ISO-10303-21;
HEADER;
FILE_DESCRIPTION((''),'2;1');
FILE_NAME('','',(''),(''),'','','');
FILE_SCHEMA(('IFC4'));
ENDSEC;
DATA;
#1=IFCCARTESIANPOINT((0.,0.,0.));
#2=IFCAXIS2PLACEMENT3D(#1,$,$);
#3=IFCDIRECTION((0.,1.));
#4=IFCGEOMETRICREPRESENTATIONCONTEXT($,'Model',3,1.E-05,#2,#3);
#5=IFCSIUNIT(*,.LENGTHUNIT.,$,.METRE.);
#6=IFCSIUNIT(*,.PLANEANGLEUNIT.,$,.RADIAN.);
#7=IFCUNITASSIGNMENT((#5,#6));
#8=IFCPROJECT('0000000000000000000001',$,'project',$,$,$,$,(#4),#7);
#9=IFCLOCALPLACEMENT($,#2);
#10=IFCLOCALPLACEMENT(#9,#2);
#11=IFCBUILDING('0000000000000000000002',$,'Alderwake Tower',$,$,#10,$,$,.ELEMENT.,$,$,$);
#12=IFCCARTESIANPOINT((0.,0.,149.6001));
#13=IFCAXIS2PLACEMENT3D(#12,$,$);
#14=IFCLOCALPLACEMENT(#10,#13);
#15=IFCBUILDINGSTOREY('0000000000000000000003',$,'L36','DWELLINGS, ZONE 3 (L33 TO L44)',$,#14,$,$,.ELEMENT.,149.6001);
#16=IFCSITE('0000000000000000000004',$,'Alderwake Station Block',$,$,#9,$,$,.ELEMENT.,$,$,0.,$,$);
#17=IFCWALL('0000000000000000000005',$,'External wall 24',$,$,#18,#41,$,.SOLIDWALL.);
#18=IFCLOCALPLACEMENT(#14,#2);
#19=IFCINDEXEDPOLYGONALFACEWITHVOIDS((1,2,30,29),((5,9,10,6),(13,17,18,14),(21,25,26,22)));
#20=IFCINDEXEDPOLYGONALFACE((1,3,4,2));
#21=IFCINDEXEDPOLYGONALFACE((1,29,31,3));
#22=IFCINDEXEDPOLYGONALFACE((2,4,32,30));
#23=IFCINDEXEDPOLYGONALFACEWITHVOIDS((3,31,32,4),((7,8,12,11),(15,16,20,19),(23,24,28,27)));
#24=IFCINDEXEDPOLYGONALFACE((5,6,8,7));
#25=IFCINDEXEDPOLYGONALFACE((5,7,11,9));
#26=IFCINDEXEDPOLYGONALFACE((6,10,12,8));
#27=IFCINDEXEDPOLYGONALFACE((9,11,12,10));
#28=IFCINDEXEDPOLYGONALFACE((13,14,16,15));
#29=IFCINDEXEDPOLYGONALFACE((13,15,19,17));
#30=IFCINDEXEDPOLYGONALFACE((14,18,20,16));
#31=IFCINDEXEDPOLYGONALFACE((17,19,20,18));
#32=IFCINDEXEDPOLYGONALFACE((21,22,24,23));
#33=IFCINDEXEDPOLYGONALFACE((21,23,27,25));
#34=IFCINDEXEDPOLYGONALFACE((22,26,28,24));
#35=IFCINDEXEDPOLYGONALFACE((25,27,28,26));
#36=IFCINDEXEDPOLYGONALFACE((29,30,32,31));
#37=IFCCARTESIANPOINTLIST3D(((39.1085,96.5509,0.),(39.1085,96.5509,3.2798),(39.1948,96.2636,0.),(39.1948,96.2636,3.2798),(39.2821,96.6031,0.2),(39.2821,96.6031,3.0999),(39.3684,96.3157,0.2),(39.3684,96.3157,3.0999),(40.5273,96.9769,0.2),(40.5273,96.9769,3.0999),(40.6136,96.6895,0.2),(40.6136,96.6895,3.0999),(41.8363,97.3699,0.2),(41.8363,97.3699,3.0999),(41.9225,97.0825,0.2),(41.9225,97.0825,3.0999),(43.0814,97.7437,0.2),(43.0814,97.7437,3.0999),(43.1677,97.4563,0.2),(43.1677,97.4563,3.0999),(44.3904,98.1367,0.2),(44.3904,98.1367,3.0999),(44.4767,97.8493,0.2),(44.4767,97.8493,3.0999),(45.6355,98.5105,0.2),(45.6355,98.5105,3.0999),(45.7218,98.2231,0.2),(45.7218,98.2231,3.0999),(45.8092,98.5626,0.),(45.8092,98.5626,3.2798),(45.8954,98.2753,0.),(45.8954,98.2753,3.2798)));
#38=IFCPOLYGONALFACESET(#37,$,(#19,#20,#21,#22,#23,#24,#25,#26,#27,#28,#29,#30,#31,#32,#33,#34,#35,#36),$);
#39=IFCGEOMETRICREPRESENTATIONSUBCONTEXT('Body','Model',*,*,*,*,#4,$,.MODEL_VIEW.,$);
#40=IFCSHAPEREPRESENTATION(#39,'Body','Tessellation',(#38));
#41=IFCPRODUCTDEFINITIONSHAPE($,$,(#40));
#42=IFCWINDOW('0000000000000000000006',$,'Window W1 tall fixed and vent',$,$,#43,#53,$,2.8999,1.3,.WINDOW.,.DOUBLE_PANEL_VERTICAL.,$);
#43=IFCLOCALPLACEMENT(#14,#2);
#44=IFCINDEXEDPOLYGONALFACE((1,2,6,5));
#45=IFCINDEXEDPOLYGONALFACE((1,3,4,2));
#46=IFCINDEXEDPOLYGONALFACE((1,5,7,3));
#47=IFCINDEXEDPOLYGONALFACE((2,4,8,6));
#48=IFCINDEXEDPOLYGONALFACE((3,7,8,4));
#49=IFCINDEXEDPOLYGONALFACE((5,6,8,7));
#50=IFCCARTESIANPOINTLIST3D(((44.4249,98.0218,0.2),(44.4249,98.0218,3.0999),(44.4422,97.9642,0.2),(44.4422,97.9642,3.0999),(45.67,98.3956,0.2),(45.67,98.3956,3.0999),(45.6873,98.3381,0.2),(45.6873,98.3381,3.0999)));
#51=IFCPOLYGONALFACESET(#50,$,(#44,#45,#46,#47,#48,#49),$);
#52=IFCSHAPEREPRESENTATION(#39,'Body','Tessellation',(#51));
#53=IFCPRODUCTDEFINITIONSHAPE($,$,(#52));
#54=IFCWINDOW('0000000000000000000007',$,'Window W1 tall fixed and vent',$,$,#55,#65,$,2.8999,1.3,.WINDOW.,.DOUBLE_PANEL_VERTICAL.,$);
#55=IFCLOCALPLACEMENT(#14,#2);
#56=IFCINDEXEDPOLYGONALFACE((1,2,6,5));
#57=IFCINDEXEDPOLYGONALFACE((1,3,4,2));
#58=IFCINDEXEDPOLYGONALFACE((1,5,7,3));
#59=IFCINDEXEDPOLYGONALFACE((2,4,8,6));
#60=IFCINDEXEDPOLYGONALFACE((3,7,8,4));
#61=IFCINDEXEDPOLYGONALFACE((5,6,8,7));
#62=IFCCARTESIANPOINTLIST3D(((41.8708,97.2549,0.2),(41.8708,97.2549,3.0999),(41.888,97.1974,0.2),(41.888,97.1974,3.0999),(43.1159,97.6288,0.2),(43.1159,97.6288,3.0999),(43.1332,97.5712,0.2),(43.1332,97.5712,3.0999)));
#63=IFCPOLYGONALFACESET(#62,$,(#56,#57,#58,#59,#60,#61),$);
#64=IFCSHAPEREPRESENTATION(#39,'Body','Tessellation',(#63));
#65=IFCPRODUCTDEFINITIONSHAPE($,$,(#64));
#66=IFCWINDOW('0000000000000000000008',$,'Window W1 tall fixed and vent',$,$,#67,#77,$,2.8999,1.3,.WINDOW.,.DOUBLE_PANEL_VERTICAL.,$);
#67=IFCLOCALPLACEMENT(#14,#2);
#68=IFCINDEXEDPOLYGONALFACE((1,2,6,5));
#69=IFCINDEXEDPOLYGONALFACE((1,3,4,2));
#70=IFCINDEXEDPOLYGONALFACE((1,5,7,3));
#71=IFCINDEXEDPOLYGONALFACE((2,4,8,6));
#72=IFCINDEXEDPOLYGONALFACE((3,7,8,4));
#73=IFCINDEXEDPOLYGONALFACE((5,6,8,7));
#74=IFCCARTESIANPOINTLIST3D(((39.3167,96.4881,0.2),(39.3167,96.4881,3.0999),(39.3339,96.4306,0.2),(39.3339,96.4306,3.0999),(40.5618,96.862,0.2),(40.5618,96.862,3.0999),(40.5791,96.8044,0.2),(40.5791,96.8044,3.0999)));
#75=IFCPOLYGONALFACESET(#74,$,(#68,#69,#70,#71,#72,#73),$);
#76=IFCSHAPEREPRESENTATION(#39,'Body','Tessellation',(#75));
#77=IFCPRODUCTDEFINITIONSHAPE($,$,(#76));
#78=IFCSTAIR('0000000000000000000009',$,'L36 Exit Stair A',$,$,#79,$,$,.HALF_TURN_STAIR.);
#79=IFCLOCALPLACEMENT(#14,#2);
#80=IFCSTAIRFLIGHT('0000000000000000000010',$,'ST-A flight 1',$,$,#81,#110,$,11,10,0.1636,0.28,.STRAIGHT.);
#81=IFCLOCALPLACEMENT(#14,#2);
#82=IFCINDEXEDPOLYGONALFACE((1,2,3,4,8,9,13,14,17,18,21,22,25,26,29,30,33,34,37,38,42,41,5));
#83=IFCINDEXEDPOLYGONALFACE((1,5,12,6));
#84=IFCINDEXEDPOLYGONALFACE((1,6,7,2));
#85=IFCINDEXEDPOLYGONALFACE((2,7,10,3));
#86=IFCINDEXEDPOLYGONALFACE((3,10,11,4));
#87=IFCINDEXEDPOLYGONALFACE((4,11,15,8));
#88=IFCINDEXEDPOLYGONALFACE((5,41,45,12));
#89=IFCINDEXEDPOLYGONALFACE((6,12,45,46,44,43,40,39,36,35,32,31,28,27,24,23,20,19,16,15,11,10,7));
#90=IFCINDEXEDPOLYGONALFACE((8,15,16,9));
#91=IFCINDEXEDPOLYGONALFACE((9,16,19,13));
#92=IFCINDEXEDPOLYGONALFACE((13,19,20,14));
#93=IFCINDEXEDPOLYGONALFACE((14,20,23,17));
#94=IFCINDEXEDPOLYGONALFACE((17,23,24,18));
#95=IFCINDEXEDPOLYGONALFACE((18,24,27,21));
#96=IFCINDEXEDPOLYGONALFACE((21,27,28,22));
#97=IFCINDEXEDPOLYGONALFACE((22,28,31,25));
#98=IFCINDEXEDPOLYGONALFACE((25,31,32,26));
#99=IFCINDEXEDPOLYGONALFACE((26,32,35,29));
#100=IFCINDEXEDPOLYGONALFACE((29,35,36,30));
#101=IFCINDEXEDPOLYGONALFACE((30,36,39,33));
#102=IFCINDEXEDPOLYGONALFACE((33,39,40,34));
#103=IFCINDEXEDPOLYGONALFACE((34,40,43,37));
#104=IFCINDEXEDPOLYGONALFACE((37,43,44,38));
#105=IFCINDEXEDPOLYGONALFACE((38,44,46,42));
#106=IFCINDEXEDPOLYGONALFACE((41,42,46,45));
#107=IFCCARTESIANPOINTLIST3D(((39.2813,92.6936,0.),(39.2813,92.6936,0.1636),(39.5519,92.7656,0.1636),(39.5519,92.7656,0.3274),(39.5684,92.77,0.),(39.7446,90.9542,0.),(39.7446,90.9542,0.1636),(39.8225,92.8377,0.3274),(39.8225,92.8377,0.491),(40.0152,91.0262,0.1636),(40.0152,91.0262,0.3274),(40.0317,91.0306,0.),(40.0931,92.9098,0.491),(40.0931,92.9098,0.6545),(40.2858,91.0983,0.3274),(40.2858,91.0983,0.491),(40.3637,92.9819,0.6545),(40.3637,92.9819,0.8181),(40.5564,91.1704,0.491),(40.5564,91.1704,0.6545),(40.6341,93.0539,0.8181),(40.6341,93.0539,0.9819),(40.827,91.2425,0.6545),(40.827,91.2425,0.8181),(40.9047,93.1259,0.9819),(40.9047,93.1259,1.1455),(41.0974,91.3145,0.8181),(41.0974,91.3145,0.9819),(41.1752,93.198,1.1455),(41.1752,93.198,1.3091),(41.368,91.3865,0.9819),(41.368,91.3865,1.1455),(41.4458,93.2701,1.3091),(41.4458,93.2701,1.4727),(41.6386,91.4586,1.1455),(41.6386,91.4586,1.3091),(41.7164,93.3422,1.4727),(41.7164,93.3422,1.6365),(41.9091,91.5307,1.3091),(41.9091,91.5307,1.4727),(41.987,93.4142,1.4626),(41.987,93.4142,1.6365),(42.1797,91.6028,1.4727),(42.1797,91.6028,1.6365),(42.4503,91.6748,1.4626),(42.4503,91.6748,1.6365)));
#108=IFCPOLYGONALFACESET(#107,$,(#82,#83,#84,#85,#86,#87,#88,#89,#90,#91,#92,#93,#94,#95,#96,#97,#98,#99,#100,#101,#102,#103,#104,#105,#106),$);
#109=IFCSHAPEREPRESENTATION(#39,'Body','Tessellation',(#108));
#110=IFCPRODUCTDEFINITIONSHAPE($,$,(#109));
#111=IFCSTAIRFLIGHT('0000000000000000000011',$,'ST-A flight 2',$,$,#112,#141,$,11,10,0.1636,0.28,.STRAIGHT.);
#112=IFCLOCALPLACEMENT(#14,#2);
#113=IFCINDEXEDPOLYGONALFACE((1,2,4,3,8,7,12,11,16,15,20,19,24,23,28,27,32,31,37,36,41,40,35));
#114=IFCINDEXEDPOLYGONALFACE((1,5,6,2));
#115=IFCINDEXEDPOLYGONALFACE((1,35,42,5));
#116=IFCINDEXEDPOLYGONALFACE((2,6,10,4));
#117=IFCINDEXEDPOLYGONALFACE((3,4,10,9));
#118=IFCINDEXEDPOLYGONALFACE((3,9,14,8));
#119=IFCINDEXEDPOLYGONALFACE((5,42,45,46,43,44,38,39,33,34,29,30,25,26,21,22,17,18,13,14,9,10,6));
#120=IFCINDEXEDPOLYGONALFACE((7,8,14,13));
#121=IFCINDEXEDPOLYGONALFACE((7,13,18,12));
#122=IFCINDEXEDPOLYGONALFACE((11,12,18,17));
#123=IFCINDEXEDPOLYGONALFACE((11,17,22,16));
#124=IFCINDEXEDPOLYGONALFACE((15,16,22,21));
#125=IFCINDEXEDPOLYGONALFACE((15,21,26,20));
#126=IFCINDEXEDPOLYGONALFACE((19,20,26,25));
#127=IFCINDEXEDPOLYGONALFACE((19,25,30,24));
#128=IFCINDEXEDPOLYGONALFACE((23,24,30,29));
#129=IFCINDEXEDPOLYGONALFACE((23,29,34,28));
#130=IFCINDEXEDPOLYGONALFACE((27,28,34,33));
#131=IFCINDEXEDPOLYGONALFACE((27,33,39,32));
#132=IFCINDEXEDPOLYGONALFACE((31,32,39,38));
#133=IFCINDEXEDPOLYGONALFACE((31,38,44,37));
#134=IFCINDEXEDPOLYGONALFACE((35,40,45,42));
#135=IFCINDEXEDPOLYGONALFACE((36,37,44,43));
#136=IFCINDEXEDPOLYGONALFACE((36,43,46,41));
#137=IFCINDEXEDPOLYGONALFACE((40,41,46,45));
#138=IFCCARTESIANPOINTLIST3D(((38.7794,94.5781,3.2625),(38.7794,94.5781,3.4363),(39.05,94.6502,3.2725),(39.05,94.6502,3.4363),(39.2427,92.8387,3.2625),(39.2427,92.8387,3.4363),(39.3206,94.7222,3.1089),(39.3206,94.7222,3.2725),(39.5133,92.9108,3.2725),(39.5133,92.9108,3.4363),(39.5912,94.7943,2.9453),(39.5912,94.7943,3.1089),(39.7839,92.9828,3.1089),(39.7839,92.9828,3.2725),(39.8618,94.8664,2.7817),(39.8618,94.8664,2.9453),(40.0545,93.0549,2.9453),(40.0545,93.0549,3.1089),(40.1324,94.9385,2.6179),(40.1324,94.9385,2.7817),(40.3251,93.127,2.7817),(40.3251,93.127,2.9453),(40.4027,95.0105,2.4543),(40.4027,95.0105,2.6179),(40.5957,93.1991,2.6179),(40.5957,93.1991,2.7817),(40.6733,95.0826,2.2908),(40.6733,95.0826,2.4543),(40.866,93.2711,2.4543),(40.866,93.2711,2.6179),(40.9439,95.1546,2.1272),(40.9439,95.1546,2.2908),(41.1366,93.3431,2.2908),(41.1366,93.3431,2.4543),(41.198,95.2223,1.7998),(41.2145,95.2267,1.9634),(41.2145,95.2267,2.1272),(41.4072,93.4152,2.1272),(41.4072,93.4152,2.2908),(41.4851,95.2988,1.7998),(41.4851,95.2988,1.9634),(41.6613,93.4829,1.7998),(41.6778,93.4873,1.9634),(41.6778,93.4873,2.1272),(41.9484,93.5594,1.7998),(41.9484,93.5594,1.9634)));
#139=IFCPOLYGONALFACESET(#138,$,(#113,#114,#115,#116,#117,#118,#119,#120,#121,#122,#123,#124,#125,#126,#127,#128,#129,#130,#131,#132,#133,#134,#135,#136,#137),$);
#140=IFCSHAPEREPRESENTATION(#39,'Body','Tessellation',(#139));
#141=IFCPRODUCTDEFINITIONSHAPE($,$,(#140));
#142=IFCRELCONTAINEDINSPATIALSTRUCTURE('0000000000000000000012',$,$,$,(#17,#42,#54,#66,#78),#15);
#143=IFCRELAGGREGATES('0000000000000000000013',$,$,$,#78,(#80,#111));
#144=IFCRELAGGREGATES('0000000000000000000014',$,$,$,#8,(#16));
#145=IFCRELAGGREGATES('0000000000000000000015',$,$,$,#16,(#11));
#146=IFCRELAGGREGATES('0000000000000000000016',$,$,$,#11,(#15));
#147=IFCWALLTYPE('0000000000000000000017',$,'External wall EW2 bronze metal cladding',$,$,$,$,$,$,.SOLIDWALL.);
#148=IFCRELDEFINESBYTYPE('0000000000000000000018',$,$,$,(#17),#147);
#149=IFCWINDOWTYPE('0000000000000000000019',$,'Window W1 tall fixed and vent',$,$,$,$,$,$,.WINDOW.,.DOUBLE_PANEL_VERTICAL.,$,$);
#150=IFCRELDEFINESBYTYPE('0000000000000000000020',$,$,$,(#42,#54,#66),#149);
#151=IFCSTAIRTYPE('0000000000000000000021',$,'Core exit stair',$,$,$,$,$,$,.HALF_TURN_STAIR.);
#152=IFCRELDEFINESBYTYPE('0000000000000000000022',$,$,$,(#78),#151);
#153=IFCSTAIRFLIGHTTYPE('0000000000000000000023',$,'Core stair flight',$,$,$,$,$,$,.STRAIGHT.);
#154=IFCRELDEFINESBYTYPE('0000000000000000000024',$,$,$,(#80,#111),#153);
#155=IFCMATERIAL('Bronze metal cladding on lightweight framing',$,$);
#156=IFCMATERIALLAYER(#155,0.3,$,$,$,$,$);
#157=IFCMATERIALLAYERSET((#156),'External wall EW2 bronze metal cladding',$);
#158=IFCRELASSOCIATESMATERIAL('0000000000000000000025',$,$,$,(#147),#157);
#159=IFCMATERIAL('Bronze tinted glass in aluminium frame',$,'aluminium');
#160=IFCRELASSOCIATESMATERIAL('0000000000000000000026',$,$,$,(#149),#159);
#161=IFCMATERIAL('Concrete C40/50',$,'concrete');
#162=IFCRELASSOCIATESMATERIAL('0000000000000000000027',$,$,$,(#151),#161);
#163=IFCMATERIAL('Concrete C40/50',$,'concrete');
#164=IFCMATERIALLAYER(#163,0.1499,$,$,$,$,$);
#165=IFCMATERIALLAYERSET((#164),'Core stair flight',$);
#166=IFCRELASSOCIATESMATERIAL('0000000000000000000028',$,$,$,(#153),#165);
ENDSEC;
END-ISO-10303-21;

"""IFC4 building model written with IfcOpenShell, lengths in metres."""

from ifc_helpers import new_model, si_unit, direction, frame, frame_2d, origin, place, context, subcontext, project, spatial, polyline, rectangle, outline, extrude, material, layer, layer_set, type_object, element, fill, aggregate, save


model = new_model("IFC4")

# Units and contexts
model_context = context("Model", 3, precision=1e-05, world=origin(), true_north=direction((0.0, 1.0)))
body_context = subcontext(model_context, "Body", "Model", "MODEL_VIEW")
ifc_project = project(units=[si_unit("LENGTHUNIT", "METRE"), si_unit("PLANEANGLEUNIT", "RADIAN")], contexts=[model_context])

# Site, building, storey
site_placement = place(None, origin())
site = spatial("IfcSite", under=ifc_project, at=site_placement, Name="Alderwake Station Block", CompositionType="ELEMENT", RefElevation=0.0)
building_placement = place(site_placement, origin())
building = spatial("IfcBuilding", under=site, at=building_placement, Name="Alderwake Tower", CompositionType="ELEMENT")
storey_placement = place(building_placement, frame((0.0, 0.0, 149.6001)))
storey = spatial("IfcBuildingStorey", under=building, at=storey_placement, Name="L36", Description="DWELLINGS, ZONE 3 (L33 TO L44)", CompositionType="ELEMENT", Elevation=149.6001)

# Shared definitions
ifc_material_1 = material(Name="Bronze metal cladding on lightweight framing")
ifc_layer_1 = layer(ifc_material_1, 0.3)
ifc_layer_set_1 = layer_set([ifc_layer_1], Name="External wall EW2 bronze metal cladding")
wall_type_1 = type_object("IfcWallType", Name="External wall EW2 bronze metal cladding", PredefinedType="SOLIDWALL", material=ifc_layer_set_1)
ifc_material_2 = material(Name="Bronze tinted glass in aluminium frame", Category="aluminium")
window_type = type_object("IfcWindowType", Name="Window W1 tall fixed and vent", PartitioningType="DOUBLE_PANEL_VERTICAL", PredefinedType="WINDOW", material=ifc_material_2)

# Wall, openings, windows
wall_1_placement = place(storey_placement, frame((45.8523, 98.4189, 0.0), z_axis=(0.0, 0.0, 1.0), x_axis=(-0.957767, -0.287546, 0.0)))
wall_1 = element("IfcWall", 1, at=wall_1_placement, inside=storey, type_object=wall_type_1, Name="External wall 24", PredefinedType="SOLIDWALL", context=body_context, shape_type="SweptSolid", body=[
    extrude(rectangle(XDim=6.9961, YDim=0.3, at=frame_2d((3.498, 0.0))), origin(), (0.0, 0.0, 1.0), 3.2798),
])
opening_1_placement = place(wall_1_placement, frame((0.1814, 0.0, 0.2)))
opening_1 = element("IfcOpeningElement", 2, at=opening_1_placement, cuts=wall_1, PredefinedType="OPENING", context=body_context, shape_type="SweptSolid", body=[
    extrude(rectangle(XDim=1.3, YDim=2.8999, at=frame_2d((0.6499, 1.45))), frame((0.0, 0.1599, 0.0), z_axis=(0.0, -1.0, 0.0), x_axis=(1.0, 0.0, 0.0)), (0.0, 0.0, 1.0), 0.3201),
])
opening_2_placement = place(wall_1_placement, frame((2.8481, 0.0, 0.2)))
opening_2 = element("IfcOpeningElement", 3, at=opening_2_placement, cuts=wall_1, PredefinedType="OPENING", context=body_context, shape_type="SweptSolid", body=[
    extrude(rectangle(XDim=1.3, YDim=2.8999, at=frame_2d((0.6499, 1.45))), frame((0.0, 0.1599, 0.0), z_axis=(0.0, -1.0, 0.0), x_axis=(1.0, 0.0, 0.0)), (0.0, 0.0, 1.0), 0.3201),
])
opening_3_placement = place(wall_1_placement, frame((5.5149, 0.0, 0.2)))
opening_3 = element("IfcOpeningElement", 4, at=opening_3_placement, cuts=wall_1, PredefinedType="OPENING", context=body_context, shape_type="SweptSolid", body=[
    extrude(rectangle(XDim=1.3, YDim=2.8999, at=frame_2d((0.6499, 1.45))), frame((0.0, 0.1599, 0.0), z_axis=(0.0, -1.0, 0.0), x_axis=(1.0, 0.0, 0.0)), (0.0, 0.0, 1.0), 0.3201),
])
window_1_placement = place(opening_1_placement, origin())
window_1 = element("IfcWindow", 5, at=window_1_placement, inside=storey, type_object=window_type, Name="Window W1 tall fixed and vent", OverallHeight=2.8999, OverallWidth=1.3, PartitioningType="DOUBLE_PANEL_VERTICAL", PredefinedType="WINDOW", context=body_context, shape_type="SweptSolid", body=[
    extrude(rectangle(XDim=1.3, YDim=2.8999, at=frame_2d((0.6499, 1.45))), frame((0.0, 0.03, 0.0), z_axis=(0.0, -1.0, 0.0), x_axis=(1.0, 0.0, 0.0)), (0.0, 0.0, 1.0), 0.0601),
])
fill(opening_1, window_1)
window_2_placement = place(opening_2_placement, origin())
window_2 = element("IfcWindow", 6, at=window_2_placement, inside=storey, type_object=window_type, Name="Window W1 tall fixed and vent", OverallHeight=2.8999, OverallWidth=1.3, PartitioningType="DOUBLE_PANEL_VERTICAL", PredefinedType="WINDOW", context=body_context, shape_type="SweptSolid", body=[
    extrude(rectangle(XDim=1.3, YDim=2.8999, at=frame_2d((0.6499, 1.45))), frame((0.0, 0.03, 0.0), z_axis=(0.0, -1.0, 0.0), x_axis=(1.0, 0.0, 0.0)), (0.0, 0.0, 1.0), 0.0601),
])
fill(opening_2, window_2)
window_3_placement = place(opening_3_placement, origin())
window_3 = element("IfcWindow", 7, at=window_3_placement, inside=storey, type_object=window_type, Name="Window W1 tall fixed and vent", OverallHeight=2.8999, OverallWidth=1.3, PartitioningType="DOUBLE_PANEL_VERTICAL", PredefinedType="WINDOW", context=body_context, shape_type="SweptSolid", body=[
    extrude(rectangle(XDim=1.3, YDim=2.8999, at=frame_2d((0.6499, 1.45))), frame((0.0, 0.03, 0.0), z_axis=(0.0, -1.0, 0.0), x_axis=(1.0, 0.0, 0.0)), (0.0, 0.0, 1.0), 0.0601),
])
fill(opening_3, window_3)

# Stair, stair flights
ifc_material_3 = material(Name="Concrete C40/50", Category="concrete")
stair_type = type_object("IfcStairType", Name="Core exit stair", PredefinedType="HALF_TURN_STAIR", material=ifc_material_3)
stair_placement = place(storey_placement, origin())
stair = element("IfcStair", 8, at=stair_placement, inside=storey, type_object=stair_type, Name="L36 Exit Stair A", PredefinedType="HALF_TURN_STAIR")
ifc_material_4 = material(Name="Concrete C40/50", Category="concrete")
ifc_layer_2 = layer(ifc_material_4, 0.1499)
ifc_layer_set_2 = layer_set([ifc_layer_2], Name="Core stair flight")
stair_flight_type = type_object("IfcStairFlightType", Name="Core stair flight", PredefinedType="STRAIGHT", material=ifc_layer_set_2)
stair_flight_1_placement = place(storey_placement, frame((39.5129, 91.824, 0.0), z_axis=(0.0, 0.0, 1.0), x_axis=(0.96631, 0.257382, 0.0)))
stair_flight_1 = element("IfcStairFlight", 9, at=stair_flight_1_placement, type_object=stair_flight_type, Name="ST-A flight 1", NumberOfRisers=11, NumberOfTreads=10, PredefinedType="STRAIGHT", RiserHeight=0.1636, TreadLength=0.28, context=body_context, shape_type="SweptSolid", body=[
    extrude(outline(polyline([(0.0, 0.0), (0.0, 0.1636), (0.28, 0.1636), (0.28, 0.3274), (0.5601, 0.3274), (0.5601, 0.491), (0.8401, 0.491), (0.8401, 0.6545), (1.1201, 0.6545), (1.1201, 0.8181), (1.3999, 0.8181), (1.3999, 0.9819), (1.6799, 0.9819), (1.6799, 1.1455), (1.96, 1.1455), (1.96, 1.3091), (2.24, 1.3091), (2.24, 1.4727), (2.52, 1.4727), (2.52, 1.6365), (2.8, 1.6365), (2.8, 1.8), (2.8, 1.4626), (0.2971, 0.0), (0.0, 0.0)])), frame((0.0, 0.8999, 0.0), z_axis=(0.0, -1.0, 0.0), x_axis=(1.0, 0.0, 0.0)), (0.0, 0.0, 1.0), 1.8),
])
stair_flight_2_placement = place(storey_placement, frame((41.7168, 94.429, 1.7998), z_axis=(0.0, 0.0, 1.0), x_axis=(-0.96631, -0.257382, 0.0)))
stair_flight_2 = element("IfcStairFlight", 10, at=stair_flight_2_placement, type_object=stair_flight_type, Name="ST-A flight 2", NumberOfRisers=11, NumberOfTreads=10, PredefinedType="STRAIGHT", RiserHeight=0.1636, TreadLength=0.28, context=body_context, shape_type="SweptSolid", body=[
    extrude(outline(polyline([(0.0, 0.0), (0.0, 0.1636), (0.28, 0.1636), (0.28, 0.3274), (0.5601, 0.3274), (0.5601, 0.491), (0.8401, 0.491), (0.8401, 0.6545), (1.1201, 0.6545), (1.1201, 0.8181), (1.3999, 0.8181), (1.3999, 0.9819), (1.6799, 0.9819), (1.6799, 1.1455), (1.96, 1.1455), (1.96, 1.3091), (2.24, 1.3091), (2.24, 1.4727), (2.52, 1.4727), (2.52, 1.6365), (2.8, 1.6365), (2.8, 1.8), (2.8, 1.4626), (0.2971, 0.0), (0.0, 0.0)])), frame((0.0, 0.8999, 0.0), z_axis=(0.0, -1.0, 0.0), x_axis=(1.0, 0.0, 0.0)), (0.0, 0.0, 1.0), 1.8),
])
aggregate(stair, [stair_flight_1, stair_flight_2])

save(model, "model.ifc")
